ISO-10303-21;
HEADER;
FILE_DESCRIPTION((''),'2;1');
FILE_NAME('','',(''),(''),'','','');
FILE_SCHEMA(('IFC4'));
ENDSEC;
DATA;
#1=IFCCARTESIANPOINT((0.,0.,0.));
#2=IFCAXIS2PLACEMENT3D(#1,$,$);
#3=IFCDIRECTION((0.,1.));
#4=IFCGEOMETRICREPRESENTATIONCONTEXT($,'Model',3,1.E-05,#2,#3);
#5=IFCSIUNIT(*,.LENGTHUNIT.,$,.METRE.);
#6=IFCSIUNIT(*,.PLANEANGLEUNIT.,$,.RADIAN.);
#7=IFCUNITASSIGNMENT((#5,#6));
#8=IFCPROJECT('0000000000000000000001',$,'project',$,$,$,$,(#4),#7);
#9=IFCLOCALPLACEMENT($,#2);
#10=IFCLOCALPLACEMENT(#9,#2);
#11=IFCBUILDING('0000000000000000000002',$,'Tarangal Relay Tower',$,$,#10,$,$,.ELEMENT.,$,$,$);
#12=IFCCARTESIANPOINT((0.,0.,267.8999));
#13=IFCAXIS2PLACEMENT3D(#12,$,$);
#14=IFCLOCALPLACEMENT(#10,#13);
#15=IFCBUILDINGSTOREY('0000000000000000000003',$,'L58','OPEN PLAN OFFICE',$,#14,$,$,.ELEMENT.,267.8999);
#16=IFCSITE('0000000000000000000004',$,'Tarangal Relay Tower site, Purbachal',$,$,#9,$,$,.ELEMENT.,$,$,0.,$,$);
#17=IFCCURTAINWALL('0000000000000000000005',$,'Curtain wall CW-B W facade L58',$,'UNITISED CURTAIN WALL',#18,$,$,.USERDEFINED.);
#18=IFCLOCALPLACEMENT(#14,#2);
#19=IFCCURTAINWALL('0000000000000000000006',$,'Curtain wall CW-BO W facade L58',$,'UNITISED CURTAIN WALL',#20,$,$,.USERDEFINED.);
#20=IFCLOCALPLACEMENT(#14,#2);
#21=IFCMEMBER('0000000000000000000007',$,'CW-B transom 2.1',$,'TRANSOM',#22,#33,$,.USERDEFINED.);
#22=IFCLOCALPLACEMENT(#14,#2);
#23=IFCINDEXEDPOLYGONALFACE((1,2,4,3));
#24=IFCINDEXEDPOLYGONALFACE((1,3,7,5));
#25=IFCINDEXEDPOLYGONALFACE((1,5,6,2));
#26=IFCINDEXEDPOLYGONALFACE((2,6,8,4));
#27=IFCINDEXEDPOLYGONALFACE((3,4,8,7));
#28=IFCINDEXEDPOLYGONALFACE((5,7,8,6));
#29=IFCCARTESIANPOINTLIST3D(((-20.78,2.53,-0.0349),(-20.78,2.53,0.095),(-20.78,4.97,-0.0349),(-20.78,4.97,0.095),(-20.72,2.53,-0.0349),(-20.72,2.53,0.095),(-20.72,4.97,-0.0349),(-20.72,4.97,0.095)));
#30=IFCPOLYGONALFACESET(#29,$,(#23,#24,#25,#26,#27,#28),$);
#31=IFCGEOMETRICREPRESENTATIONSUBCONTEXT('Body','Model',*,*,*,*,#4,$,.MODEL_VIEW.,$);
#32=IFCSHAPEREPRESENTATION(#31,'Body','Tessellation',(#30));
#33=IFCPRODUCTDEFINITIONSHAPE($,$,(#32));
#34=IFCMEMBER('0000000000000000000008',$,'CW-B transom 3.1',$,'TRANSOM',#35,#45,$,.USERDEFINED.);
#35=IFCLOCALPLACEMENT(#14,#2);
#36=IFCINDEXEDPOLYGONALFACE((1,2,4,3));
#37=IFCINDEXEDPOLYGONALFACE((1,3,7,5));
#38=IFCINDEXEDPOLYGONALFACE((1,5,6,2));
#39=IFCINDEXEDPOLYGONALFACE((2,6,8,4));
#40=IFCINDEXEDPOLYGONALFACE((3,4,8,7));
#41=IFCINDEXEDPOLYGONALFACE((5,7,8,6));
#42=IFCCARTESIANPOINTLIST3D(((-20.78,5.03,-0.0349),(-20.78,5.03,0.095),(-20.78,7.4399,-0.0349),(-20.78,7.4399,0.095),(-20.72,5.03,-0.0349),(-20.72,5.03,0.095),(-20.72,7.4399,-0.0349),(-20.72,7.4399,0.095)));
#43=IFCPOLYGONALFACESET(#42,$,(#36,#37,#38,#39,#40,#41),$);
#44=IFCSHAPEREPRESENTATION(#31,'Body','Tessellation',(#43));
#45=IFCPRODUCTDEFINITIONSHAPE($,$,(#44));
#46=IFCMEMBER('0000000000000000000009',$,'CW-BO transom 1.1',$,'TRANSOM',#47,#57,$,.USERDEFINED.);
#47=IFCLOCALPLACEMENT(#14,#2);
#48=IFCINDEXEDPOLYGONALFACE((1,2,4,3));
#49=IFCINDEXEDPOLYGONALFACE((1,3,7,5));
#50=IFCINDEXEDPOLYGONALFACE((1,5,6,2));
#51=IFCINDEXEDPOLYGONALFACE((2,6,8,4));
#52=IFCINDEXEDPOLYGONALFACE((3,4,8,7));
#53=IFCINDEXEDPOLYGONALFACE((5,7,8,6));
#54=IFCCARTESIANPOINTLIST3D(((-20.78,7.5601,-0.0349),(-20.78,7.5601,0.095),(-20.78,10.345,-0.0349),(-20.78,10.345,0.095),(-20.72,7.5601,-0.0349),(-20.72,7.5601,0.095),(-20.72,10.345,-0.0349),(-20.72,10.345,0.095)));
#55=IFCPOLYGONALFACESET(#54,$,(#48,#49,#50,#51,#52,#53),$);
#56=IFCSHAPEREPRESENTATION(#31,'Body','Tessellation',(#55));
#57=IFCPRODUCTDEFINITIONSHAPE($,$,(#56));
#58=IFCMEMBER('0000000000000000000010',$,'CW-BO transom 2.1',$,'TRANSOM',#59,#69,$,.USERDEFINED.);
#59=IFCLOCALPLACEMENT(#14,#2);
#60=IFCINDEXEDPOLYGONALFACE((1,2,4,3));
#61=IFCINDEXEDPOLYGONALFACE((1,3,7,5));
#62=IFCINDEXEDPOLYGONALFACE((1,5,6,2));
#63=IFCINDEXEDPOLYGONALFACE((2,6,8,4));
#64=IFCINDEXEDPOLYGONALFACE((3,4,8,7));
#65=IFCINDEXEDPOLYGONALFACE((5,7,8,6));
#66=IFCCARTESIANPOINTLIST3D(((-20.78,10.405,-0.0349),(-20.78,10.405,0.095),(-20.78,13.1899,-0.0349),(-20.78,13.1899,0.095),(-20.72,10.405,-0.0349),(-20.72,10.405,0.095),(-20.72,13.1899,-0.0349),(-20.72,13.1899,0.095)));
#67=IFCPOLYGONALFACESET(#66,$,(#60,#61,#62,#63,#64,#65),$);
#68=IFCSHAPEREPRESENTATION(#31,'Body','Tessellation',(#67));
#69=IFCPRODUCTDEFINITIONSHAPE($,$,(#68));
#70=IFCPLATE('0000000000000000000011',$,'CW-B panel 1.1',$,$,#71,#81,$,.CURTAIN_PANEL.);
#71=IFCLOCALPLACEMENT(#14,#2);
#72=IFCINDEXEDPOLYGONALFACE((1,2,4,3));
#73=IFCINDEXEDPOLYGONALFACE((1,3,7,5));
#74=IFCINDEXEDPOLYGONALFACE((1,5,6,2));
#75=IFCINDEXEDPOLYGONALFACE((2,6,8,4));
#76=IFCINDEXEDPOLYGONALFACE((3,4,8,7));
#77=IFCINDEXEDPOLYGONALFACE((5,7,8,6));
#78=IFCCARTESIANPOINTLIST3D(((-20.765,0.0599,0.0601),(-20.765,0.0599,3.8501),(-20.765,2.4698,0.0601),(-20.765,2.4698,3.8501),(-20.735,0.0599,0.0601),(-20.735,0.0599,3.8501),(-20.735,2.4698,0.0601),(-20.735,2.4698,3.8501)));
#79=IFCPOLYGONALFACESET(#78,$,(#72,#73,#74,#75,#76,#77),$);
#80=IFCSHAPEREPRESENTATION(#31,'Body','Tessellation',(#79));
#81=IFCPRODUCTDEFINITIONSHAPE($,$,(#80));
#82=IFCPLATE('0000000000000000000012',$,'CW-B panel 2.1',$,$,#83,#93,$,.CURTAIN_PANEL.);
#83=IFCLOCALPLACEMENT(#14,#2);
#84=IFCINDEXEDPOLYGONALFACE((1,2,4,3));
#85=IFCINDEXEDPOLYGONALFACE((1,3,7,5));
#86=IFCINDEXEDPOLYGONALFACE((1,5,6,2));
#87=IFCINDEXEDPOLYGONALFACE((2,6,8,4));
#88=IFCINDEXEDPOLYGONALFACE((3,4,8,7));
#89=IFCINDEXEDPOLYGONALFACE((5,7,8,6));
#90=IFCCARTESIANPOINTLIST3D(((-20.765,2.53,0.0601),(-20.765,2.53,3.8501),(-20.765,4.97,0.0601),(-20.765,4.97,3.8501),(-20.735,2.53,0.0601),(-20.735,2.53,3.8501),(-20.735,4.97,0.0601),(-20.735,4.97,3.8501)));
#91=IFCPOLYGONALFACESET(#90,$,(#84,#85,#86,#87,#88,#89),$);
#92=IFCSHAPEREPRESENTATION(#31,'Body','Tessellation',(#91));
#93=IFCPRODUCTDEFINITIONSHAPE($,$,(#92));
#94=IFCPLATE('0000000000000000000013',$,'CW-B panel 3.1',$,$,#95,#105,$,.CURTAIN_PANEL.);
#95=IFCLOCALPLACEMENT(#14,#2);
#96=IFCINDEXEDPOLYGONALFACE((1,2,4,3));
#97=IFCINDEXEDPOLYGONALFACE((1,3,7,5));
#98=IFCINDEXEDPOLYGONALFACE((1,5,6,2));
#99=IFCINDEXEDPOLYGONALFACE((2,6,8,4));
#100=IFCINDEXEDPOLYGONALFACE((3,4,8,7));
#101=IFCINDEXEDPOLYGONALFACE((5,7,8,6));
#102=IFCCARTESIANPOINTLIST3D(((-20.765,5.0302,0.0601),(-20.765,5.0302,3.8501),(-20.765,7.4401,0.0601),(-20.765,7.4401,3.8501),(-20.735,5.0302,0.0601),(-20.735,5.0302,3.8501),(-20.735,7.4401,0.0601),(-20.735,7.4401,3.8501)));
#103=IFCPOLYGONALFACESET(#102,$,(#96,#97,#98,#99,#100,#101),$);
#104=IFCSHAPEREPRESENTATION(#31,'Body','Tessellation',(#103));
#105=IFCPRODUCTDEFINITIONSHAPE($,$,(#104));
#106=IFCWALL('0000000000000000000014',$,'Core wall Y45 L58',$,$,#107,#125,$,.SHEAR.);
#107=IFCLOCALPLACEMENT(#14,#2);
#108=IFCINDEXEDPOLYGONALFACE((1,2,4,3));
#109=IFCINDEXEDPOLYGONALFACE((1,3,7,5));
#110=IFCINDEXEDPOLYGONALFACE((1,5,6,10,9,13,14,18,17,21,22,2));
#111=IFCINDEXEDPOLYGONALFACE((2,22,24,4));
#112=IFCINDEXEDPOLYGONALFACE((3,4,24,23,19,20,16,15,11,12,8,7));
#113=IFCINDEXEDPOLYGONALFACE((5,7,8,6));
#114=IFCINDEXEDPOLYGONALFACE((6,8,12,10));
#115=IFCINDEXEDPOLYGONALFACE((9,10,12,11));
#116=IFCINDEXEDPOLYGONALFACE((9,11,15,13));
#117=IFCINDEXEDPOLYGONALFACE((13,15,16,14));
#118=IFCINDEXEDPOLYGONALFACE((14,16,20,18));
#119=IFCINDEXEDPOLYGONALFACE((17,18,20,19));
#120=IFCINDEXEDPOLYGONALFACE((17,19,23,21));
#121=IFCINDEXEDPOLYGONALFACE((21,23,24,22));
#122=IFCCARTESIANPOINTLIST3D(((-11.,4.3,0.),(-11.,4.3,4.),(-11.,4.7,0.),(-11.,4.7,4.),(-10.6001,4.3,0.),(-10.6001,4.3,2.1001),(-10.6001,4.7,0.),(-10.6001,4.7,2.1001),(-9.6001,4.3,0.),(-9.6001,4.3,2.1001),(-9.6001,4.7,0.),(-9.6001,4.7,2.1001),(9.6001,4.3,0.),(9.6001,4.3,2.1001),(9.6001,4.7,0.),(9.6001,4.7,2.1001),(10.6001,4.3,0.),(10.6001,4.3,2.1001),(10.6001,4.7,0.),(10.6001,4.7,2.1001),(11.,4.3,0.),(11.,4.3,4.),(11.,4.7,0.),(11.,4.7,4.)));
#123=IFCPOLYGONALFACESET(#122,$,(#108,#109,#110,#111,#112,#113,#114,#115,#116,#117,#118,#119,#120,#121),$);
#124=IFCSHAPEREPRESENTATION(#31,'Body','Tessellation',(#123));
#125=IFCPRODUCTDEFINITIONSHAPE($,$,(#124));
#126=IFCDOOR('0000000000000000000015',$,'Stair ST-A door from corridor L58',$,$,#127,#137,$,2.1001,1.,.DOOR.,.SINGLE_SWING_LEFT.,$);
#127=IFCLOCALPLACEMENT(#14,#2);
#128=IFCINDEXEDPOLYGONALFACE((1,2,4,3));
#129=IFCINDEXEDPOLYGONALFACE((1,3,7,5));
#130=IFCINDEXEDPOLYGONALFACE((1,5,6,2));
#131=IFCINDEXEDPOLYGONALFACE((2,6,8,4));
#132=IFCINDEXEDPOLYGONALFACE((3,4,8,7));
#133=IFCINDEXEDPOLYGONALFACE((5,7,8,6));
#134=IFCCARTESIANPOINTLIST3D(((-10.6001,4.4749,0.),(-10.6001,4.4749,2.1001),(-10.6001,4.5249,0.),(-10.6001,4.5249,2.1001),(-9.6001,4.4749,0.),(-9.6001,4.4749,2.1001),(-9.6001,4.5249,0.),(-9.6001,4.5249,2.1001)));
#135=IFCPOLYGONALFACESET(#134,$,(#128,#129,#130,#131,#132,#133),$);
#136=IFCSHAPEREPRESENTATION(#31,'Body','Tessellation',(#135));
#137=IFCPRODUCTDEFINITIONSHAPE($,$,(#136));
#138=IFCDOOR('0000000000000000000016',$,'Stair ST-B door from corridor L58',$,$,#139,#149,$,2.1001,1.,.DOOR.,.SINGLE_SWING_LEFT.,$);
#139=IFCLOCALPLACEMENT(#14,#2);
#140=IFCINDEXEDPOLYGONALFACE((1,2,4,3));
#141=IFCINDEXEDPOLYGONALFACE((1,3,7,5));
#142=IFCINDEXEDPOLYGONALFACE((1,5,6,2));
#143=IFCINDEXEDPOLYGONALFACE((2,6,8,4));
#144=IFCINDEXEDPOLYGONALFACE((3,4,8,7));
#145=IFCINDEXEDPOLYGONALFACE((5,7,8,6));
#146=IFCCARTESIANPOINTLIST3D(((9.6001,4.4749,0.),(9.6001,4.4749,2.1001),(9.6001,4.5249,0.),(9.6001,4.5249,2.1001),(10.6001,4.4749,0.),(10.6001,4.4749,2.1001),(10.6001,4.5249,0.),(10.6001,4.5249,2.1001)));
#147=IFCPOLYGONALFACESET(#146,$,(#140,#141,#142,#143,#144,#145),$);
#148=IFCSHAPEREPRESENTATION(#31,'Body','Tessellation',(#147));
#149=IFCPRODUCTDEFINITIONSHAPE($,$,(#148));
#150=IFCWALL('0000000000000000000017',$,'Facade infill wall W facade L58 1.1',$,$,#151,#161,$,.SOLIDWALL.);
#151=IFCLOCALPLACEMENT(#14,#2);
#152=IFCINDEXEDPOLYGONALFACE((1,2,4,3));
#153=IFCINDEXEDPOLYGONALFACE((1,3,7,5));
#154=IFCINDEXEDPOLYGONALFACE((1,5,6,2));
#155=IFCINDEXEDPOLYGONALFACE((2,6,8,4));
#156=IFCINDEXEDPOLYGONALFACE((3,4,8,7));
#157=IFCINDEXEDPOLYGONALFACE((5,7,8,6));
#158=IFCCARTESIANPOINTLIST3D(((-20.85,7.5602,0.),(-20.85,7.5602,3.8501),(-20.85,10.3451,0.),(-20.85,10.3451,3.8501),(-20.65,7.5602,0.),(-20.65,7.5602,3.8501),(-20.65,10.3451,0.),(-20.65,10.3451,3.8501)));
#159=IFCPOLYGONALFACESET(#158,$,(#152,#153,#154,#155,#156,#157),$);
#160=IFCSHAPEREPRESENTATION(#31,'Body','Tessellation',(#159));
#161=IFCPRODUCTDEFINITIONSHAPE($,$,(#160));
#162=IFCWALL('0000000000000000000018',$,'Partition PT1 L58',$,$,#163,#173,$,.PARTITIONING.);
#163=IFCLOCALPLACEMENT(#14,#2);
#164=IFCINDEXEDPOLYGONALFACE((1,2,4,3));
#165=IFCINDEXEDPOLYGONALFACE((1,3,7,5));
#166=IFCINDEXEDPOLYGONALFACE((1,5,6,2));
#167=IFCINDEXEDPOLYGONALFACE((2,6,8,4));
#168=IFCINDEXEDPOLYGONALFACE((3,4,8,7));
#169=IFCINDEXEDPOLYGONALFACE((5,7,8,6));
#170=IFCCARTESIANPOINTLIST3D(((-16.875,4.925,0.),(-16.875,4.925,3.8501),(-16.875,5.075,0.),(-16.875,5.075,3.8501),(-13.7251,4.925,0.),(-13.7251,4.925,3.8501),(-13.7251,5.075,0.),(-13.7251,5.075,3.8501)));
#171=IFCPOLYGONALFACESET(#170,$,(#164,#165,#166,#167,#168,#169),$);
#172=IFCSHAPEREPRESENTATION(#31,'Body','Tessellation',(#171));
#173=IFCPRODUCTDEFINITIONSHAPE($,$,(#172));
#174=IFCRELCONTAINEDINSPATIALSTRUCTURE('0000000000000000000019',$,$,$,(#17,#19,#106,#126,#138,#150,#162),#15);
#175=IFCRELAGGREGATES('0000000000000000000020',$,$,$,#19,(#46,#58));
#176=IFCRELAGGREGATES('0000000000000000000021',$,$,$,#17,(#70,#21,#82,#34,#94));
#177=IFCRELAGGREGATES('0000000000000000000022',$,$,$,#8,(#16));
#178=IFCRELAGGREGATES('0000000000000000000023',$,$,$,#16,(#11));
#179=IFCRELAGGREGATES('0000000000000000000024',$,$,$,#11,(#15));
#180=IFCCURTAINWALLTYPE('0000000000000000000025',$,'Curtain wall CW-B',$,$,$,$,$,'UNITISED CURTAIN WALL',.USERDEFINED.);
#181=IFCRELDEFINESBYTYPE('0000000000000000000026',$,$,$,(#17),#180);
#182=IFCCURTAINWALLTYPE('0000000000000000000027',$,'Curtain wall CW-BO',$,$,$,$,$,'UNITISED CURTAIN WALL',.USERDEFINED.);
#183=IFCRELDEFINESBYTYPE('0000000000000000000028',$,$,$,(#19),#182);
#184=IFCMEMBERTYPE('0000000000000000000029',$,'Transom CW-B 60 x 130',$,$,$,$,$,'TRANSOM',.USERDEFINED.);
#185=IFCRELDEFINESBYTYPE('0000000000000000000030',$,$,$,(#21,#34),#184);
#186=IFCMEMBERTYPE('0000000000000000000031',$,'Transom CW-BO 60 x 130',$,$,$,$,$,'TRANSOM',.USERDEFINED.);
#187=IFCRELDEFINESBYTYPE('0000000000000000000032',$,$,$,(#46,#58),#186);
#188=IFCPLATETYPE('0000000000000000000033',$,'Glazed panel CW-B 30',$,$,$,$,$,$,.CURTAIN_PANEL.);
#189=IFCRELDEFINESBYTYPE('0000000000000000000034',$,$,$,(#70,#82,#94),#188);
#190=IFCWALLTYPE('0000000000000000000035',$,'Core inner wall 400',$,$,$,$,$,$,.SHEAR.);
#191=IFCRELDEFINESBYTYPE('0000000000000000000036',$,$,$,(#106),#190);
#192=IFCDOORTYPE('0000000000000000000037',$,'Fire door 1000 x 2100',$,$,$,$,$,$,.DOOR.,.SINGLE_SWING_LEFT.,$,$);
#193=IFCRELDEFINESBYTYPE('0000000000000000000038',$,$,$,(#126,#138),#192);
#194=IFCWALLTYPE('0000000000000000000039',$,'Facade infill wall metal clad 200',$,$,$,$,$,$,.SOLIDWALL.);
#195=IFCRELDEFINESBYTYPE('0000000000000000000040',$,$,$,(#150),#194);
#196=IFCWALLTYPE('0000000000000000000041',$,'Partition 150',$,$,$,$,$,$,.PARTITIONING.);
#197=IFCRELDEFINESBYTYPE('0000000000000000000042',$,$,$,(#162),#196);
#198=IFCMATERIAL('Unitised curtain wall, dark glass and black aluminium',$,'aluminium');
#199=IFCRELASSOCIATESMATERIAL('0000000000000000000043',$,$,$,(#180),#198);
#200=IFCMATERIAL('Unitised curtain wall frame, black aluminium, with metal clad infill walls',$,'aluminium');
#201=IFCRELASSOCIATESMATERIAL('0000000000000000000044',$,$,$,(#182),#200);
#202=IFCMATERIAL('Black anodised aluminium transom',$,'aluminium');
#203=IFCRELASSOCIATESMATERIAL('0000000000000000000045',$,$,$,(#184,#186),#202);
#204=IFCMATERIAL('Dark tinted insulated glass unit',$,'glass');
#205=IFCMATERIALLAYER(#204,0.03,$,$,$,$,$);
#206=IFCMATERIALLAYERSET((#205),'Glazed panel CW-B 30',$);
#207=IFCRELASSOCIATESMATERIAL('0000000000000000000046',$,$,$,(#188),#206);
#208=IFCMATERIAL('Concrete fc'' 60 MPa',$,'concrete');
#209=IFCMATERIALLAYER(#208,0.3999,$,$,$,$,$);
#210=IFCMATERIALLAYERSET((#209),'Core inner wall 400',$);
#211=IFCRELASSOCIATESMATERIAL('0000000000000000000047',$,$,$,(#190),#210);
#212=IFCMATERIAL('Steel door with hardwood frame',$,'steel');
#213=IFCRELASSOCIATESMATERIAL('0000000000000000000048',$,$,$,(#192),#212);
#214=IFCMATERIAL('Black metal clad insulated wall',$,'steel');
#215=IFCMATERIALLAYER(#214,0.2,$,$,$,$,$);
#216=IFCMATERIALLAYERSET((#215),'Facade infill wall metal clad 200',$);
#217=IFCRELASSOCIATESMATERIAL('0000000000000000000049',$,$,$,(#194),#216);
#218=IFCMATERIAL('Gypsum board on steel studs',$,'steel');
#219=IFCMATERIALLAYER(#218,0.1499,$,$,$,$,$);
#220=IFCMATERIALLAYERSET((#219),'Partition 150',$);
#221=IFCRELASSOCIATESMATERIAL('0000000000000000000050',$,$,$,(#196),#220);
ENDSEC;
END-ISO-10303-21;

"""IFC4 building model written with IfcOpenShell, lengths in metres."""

from ifc_helpers import new_model, si_unit, direction, frame, frame_2d, origin, origin_2d, place, context, subcontext, project, spatial, rectangle, extrude, material, layer, layer_set, material_profile, profile_set, type_object, element, fill, aggregate, save


model = new_model("IFC4")

# Units and contexts
model_context = context("Model", 3, precision=1e-05, world=origin(), true_north=direction((0.0, 1.0)))
body_context = subcontext(model_context, "Body", "Model", "MODEL_VIEW")
ifc_project = project(units=[si_unit("LENGTHUNIT", "METRE"), si_unit("PLANEANGLEUNIT", "RADIAN")], contexts=[model_context])

# Site, building, storey
site_placement = place(None, origin())
site = spatial("IfcSite", under=ifc_project, at=site_placement, Name="Tarangal Relay Tower site, Purbachal", CompositionType="ELEMENT", RefElevation=0.0)
building_placement = place(site_placement, origin())
building = spatial("IfcBuilding", under=site, at=building_placement, Name="Tarangal Relay Tower", CompositionType="ELEMENT")
storey_placement = place(building_placement, frame((0.0, 0.0, 267.8999)))
storey = spatial("IfcBuildingStorey", under=building, at=storey_placement, Name="L58", Description="OPEN PLAN OFFICE", CompositionType="ELEMENT", Elevation=267.8999)

# Curtain walls
ifc_material_1 = material(Name="Unitised curtain wall, dark glass and black aluminium", Category="aluminium")
curtain_wall_type_1 = type_object("IfcCurtainWallType", Name="Curtain wall CW-B", ElementType="UNITISED CURTAIN WALL", PredefinedType="USERDEFINED", material=ifc_material_1)
curtain_wall_1_placement = place(storey_placement, origin())
curtain_wall_1 = element("IfcCurtainWall", 1, at=curtain_wall_1_placement, inside=storey, type_object=curtain_wall_type_1, Name="Curtain wall CW-B W facade L58", ObjectType="UNITISED CURTAIN WALL", PredefinedType="USERDEFINED")
ifc_material_2 = material(Name="Unitised curtain wall frame, black aluminium, with metal clad infill walls", Category="aluminium")
curtain_wall_type_2 = type_object("IfcCurtainWallType", Name="Curtain wall CW-BO", ElementType="UNITISED CURTAIN WALL", PredefinedType="USERDEFINED", material=ifc_material_2)
curtain_wall_2_placement = place(storey_placement, origin())
curtain_wall_2 = element("IfcCurtainWall", 2, at=curtain_wall_2_placement, inside=storey, type_object=curtain_wall_type_2, Name="Curtain wall CW-BO W facade L58", ObjectType="UNITISED CURTAIN WALL", PredefinedType="USERDEFINED")

# Members
ifc_material_3 = material(Name="Black anodised aluminium transom", Category="aluminium")
ifc_material_profile_1 = material_profile(ifc_material_3, rectangle(XDim=0.0601, YDim=0.1299, at=origin_2d()), Name="CW-BT 60X130")
ifc_profile_set_1 = profile_set([ifc_material_profile_1], Name="Black anodised aluminium transom")
member_type_1 = type_object("IfcMemberType", Name="Transom CW-B 60 x 130", ElementType="TRANSOM", PredefinedType="USERDEFINED", material=ifc_profile_set_1)
member_1_placement = place(storey_placement, frame((-20.75, 2.53, 0.03), z_axis=(0.0, 1.0, 0.0), x_axis=(-1.0, 0.0, 0.0)))
member_1 = element("IfcMember", 3, at=member_1_placement, type_object=member_type_1, Name="CW-B transom 2.1", ObjectType="TRANSOM", PredefinedType="USERDEFINED", context=body_context, shape_type="SweptSolid", body=[
    extrude(rectangle(XDim=0.0601, YDim=0.1299, at=origin_2d()), origin(), (0.0, 0.0, 1.0), 2.4399),
])
member_2_placement = place(storey_placement, frame((-20.75, 5.03, 0.03), z_axis=(0.0, 1.0, 0.0), x_axis=(-1.0, 0.0, 0.0)))
member_2 = element("IfcMember", 4, at=member_2_placement, type_object=member_type_1, Name="CW-B transom 3.1", ObjectType="TRANSOM", PredefinedType="USERDEFINED", context=body_context, shape_type="SweptSolid", body=[
    extrude(rectangle(XDim=0.0601, YDim=0.1299, at=origin_2d()), origin(), (0.0, 0.0, 1.0), 2.4099),
])
ifc_material_profile_2 = material_profile(ifc_material_3, rectangle(XDim=0.0601, YDim=0.1299, at=origin_2d()), Name="CW-BOT 60X130")
ifc_profile_set_2 = profile_set([ifc_material_profile_2], Name="Black anodised aluminium transom")
member_type_2 = type_object("IfcMemberType", Name="Transom CW-BO 60 x 130", ElementType="TRANSOM", PredefinedType="USERDEFINED", material=ifc_profile_set_2)
member_3_placement = place(storey_placement, frame((-20.75, 7.5601, 0.03), z_axis=(0.0, 1.0, 0.0), x_axis=(-1.0, 0.0, 0.0)))
member_3 = element("IfcMember", 5, at=member_3_placement, type_object=member_type_2, Name="CW-BO transom 1.1", ObjectType="TRANSOM", PredefinedType="USERDEFINED", context=body_context, shape_type="SweptSolid", body=[
    extrude(rectangle(XDim=0.0601, YDim=0.1299, at=origin_2d()), origin(), (0.0, 0.0, 1.0), 2.7849),
])
member_4_placement = place(storey_placement, frame((-20.75, 10.405, 0.03), z_axis=(0.0, 1.0, 0.0), x_axis=(-1.0, 0.0, 0.0)))
member_4 = element("IfcMember", 6, at=member_4_placement, type_object=member_type_2, Name="CW-BO transom 2.1", ObjectType="TRANSOM", PredefinedType="USERDEFINED", context=body_context, shape_type="SweptSolid", body=[
    extrude(rectangle(XDim=0.0601, YDim=0.1299, at=origin_2d()), origin(), (0.0, 0.0, 1.0), 2.7849),
])
aggregate(curtain_wall_2, [member_3, member_4])

# Plates
ifc_material_4 = material(Name="Dark tinted insulated glass unit", Category="glass")
ifc_layer_1 = layer(ifc_material_4, 0.03)
ifc_layer_set_1 = layer_set([ifc_layer_1], Name="Glazed panel CW-B 30")
plate_type = type_object("IfcPlateType", Name="Glazed panel CW-B 30", PredefinedType="CURTAIN_PANEL", material=ifc_layer_set_1)
plate_1_placement = place(storey_placement, frame((-20.75, 1.2649, 0.0601), z_axis=(0.0, 0.0, 1.0), x_axis=(0.0, 1.0, 0.0)))
plate_1 = element("IfcPlate", 7, at=plate_1_placement, type_object=plate_type, Name="CW-B panel 1.1", PredefinedType="CURTAIN_PANEL", context=body_context, shape_type="SweptSolid", body=[
    extrude(rectangle(XDim=2.4099, YDim=0.03, at=origin_2d()), origin(), (0.0, 0.0, 1.0), 3.79),
])
plate_2_placement = place(storey_placement, frame((-20.75, 3.75, 0.0601), z_axis=(0.0, 0.0, 1.0), x_axis=(0.0, 1.0, 0.0)))
plate_2 = element("IfcPlate", 8, at=plate_2_placement, type_object=plate_type, Name="CW-B panel 2.1", PredefinedType="CURTAIN_PANEL", context=body_context, shape_type="SweptSolid", body=[
    extrude(rectangle(XDim=2.4399, YDim=0.03, at=origin_2d()), origin(), (0.0, 0.0, 1.0), 3.79),
])
plate_3_placement = place(storey_placement, frame((-20.75, 6.2351, 0.0601), z_axis=(0.0, 0.0, 1.0), x_axis=(0.0, 1.0, 0.0)))
plate_3 = element("IfcPlate", 9, at=plate_3_placement, type_object=plate_type, Name="CW-B panel 3.1", PredefinedType="CURTAIN_PANEL", context=body_context, shape_type="SweptSolid", body=[
    extrude(rectangle(XDim=2.4099, YDim=0.03, at=origin_2d()), origin(), (0.0, 0.0, 1.0), 3.79),
])
aggregate(curtain_wall_1, [plate_1, member_1, plate_2, member_2, plate_3])

# Wall, openings, doors
ifc_material_5 = material(Name="Concrete fc' 60 MPa", Category="concrete")
ifc_layer_2 = layer(ifc_material_5, 0.3999)
ifc_layer_set_2 = layer_set([ifc_layer_2], Name="Core inner wall 400")
wall_type_1 = type_object("IfcWallType", Name="Core inner wall 400", PredefinedType="SHEAR", material=ifc_layer_set_2)
wall_1_placement = place(storey_placement, frame((-11.0, 4.5, 0.0), z_axis=(0.0, 0.0, 1.0), x_axis=(1.0, 0.0, 0.0)))
wall_1 = element("IfcWall", 10, at=wall_1_placement, inside=storey, type_object=wall_type_1, Name="Core wall Y45 L58", PredefinedType="SHEAR", context=body_context, shape_type="SweptSolid", body=[
    extrude(rectangle(XDim=22.0, YDim=0.3999, at=frame_2d((11.0, 0.0))), origin(), (0.0, 0.0, 1.0), 4.0),
])
opening_1_placement = place(wall_1_placement, frame((0.3999, 0.0, 0.0)))
opening_1 = element("IfcOpeningElement", 11, at=opening_1_placement, cuts=wall_1, PredefinedType="OPENING", context=body_context, shape_type="SweptSolid", body=[
    extrude(rectangle(XDim=1.0, YDim=2.1001, at=frame_2d((0.5, 1.05))), frame((0.0, 0.21, 0.0), z_axis=(0.0, -1.0, 0.0), x_axis=(1.0, 0.0, 0.0)), (0.0, 0.0, 1.0), 0.4199),
])
opening_2_placement = place(wall_1_placement, frame((20.6001, 0.0, 0.0)))
opening_2 = element("IfcOpeningElement", 12, at=opening_2_placement, cuts=wall_1, PredefinedType="OPENING", context=body_context, shape_type="SweptSolid", body=[
    extrude(rectangle(XDim=1.0, YDim=2.1001, at=frame_2d((0.5, 1.05))), frame((0.0, 0.21, 0.0), z_axis=(0.0, -1.0, 0.0), x_axis=(1.0, 0.0, 0.0)), (0.0, 0.0, 1.0), 0.4199),
])
ifc_material_6 = material(Name="Steel door with hardwood frame", Category="steel")
door_type_1 = type_object("IfcDoorType", Name="Fire door 1000 x 2100", OperationType="SINGLE_SWING_LEFT", PredefinedType="DOOR", material=ifc_material_6)
door_1_placement = place(opening_1_placement, origin())
door_1 = element("IfcDoor", 13, at=door_1_placement, inside=storey, type_object=door_type_1, Name="Stair ST-A door from corridor L58", OperationType="SINGLE_SWING_LEFT", OverallHeight=2.1001, OverallWidth=1.0, PredefinedType="DOOR", context=body_context, shape_type="SweptSolid", body=[
    extrude(rectangle(XDim=1.0, YDim=2.1001, at=frame_2d((0.5, 1.05))), frame((0.0, 0.0249, 0.0), z_axis=(0.0, -1.0, 0.0), x_axis=(1.0, 0.0, 0.0)), (0.0, 0.0, 1.0), 0.05),
])
fill(opening_1, door_1)
door_2_placement = place(opening_2_placement, origin())
door_2 = element("IfcDoor", 14, at=door_2_placement, inside=storey, type_object=door_type_1, Name="Stair ST-B door from corridor L58", OperationType="SINGLE_SWING_LEFT", OverallHeight=2.1001, OverallWidth=1.0, PredefinedType="DOOR", context=body_context, shape_type="SweptSolid", body=[
    extrude(rectangle(XDim=1.0, YDim=2.1001, at=frame_2d((0.5, 1.05))), frame((0.0, 0.0249, 0.0), z_axis=(0.0, -1.0, 0.0), x_axis=(1.0, 0.0, 0.0)), (0.0, 0.0, 1.0), 0.05),
])
fill(opening_2, door_2)

# Walls
ifc_material_7 = material(Name="Black metal clad insulated wall", Category="steel")
ifc_layer_3 = layer(ifc_material_7, 0.2)
ifc_layer_set_3 = layer_set([ifc_layer_3], Name="Facade infill wall metal clad 200")
wall_type_2 = type_object("IfcWallType", Name="Facade infill wall metal clad 200", PredefinedType="SOLIDWALL", material=ifc_layer_set_3)
wall_2_placement = place(storey_placement, frame((-20.75, 7.5601, 0.0), z_axis=(0.0, 0.0, 1.0), x_axis=(0.0, 1.0, 0.0)))
element("IfcWall", 15, at=wall_2_placement, inside=storey, type_object=wall_type_2, Name="Facade infill wall W facade L58 1.1", PredefinedType="SOLIDWALL", context=body_context, shape_type="SweptSolid", body=[
    extrude(rectangle(XDim=2.7849, YDim=0.2, at=frame_2d((1.3926, 0.0))), origin(), (0.0, 0.0, 1.0), 3.8501),
])
ifc_material_8 = material(Name="Gypsum board on steel studs", Category="steel")
ifc_layer_4 = layer(ifc_material_8, 0.1499)
ifc_layer_set_4 = layer_set([ifc_layer_4], Name="Partition 150")
wall_type_3 = type_object("IfcWallType", Name="Partition 150", PredefinedType="PARTITIONING", material=ifc_layer_set_4)
for number, where, z_axis, x_axis, name in (
    (16, (-16.875, 5.0, 0.0), (0.0, 0.0, 1.0), (1.0, 0.0, 0.0), "Partition PT1 L58"),
):
    element("IfcWall", number, at=place(storey_placement, frame(where, z_axis=z_axis, x_axis=x_axis)), inside=storey, type_object=wall_type_3, Name=name, PredefinedType="PARTITIONING", context=body_context, shape_type="SweptSolid", body=[
        extrude(rectangle(XDim=3.1499, YDim=0.1499, at=frame_2d((1.575, 0.0))), origin(), (0.0, 0.0, 1.0), 3.8501),
    ])

save(model, "model.ifc")
